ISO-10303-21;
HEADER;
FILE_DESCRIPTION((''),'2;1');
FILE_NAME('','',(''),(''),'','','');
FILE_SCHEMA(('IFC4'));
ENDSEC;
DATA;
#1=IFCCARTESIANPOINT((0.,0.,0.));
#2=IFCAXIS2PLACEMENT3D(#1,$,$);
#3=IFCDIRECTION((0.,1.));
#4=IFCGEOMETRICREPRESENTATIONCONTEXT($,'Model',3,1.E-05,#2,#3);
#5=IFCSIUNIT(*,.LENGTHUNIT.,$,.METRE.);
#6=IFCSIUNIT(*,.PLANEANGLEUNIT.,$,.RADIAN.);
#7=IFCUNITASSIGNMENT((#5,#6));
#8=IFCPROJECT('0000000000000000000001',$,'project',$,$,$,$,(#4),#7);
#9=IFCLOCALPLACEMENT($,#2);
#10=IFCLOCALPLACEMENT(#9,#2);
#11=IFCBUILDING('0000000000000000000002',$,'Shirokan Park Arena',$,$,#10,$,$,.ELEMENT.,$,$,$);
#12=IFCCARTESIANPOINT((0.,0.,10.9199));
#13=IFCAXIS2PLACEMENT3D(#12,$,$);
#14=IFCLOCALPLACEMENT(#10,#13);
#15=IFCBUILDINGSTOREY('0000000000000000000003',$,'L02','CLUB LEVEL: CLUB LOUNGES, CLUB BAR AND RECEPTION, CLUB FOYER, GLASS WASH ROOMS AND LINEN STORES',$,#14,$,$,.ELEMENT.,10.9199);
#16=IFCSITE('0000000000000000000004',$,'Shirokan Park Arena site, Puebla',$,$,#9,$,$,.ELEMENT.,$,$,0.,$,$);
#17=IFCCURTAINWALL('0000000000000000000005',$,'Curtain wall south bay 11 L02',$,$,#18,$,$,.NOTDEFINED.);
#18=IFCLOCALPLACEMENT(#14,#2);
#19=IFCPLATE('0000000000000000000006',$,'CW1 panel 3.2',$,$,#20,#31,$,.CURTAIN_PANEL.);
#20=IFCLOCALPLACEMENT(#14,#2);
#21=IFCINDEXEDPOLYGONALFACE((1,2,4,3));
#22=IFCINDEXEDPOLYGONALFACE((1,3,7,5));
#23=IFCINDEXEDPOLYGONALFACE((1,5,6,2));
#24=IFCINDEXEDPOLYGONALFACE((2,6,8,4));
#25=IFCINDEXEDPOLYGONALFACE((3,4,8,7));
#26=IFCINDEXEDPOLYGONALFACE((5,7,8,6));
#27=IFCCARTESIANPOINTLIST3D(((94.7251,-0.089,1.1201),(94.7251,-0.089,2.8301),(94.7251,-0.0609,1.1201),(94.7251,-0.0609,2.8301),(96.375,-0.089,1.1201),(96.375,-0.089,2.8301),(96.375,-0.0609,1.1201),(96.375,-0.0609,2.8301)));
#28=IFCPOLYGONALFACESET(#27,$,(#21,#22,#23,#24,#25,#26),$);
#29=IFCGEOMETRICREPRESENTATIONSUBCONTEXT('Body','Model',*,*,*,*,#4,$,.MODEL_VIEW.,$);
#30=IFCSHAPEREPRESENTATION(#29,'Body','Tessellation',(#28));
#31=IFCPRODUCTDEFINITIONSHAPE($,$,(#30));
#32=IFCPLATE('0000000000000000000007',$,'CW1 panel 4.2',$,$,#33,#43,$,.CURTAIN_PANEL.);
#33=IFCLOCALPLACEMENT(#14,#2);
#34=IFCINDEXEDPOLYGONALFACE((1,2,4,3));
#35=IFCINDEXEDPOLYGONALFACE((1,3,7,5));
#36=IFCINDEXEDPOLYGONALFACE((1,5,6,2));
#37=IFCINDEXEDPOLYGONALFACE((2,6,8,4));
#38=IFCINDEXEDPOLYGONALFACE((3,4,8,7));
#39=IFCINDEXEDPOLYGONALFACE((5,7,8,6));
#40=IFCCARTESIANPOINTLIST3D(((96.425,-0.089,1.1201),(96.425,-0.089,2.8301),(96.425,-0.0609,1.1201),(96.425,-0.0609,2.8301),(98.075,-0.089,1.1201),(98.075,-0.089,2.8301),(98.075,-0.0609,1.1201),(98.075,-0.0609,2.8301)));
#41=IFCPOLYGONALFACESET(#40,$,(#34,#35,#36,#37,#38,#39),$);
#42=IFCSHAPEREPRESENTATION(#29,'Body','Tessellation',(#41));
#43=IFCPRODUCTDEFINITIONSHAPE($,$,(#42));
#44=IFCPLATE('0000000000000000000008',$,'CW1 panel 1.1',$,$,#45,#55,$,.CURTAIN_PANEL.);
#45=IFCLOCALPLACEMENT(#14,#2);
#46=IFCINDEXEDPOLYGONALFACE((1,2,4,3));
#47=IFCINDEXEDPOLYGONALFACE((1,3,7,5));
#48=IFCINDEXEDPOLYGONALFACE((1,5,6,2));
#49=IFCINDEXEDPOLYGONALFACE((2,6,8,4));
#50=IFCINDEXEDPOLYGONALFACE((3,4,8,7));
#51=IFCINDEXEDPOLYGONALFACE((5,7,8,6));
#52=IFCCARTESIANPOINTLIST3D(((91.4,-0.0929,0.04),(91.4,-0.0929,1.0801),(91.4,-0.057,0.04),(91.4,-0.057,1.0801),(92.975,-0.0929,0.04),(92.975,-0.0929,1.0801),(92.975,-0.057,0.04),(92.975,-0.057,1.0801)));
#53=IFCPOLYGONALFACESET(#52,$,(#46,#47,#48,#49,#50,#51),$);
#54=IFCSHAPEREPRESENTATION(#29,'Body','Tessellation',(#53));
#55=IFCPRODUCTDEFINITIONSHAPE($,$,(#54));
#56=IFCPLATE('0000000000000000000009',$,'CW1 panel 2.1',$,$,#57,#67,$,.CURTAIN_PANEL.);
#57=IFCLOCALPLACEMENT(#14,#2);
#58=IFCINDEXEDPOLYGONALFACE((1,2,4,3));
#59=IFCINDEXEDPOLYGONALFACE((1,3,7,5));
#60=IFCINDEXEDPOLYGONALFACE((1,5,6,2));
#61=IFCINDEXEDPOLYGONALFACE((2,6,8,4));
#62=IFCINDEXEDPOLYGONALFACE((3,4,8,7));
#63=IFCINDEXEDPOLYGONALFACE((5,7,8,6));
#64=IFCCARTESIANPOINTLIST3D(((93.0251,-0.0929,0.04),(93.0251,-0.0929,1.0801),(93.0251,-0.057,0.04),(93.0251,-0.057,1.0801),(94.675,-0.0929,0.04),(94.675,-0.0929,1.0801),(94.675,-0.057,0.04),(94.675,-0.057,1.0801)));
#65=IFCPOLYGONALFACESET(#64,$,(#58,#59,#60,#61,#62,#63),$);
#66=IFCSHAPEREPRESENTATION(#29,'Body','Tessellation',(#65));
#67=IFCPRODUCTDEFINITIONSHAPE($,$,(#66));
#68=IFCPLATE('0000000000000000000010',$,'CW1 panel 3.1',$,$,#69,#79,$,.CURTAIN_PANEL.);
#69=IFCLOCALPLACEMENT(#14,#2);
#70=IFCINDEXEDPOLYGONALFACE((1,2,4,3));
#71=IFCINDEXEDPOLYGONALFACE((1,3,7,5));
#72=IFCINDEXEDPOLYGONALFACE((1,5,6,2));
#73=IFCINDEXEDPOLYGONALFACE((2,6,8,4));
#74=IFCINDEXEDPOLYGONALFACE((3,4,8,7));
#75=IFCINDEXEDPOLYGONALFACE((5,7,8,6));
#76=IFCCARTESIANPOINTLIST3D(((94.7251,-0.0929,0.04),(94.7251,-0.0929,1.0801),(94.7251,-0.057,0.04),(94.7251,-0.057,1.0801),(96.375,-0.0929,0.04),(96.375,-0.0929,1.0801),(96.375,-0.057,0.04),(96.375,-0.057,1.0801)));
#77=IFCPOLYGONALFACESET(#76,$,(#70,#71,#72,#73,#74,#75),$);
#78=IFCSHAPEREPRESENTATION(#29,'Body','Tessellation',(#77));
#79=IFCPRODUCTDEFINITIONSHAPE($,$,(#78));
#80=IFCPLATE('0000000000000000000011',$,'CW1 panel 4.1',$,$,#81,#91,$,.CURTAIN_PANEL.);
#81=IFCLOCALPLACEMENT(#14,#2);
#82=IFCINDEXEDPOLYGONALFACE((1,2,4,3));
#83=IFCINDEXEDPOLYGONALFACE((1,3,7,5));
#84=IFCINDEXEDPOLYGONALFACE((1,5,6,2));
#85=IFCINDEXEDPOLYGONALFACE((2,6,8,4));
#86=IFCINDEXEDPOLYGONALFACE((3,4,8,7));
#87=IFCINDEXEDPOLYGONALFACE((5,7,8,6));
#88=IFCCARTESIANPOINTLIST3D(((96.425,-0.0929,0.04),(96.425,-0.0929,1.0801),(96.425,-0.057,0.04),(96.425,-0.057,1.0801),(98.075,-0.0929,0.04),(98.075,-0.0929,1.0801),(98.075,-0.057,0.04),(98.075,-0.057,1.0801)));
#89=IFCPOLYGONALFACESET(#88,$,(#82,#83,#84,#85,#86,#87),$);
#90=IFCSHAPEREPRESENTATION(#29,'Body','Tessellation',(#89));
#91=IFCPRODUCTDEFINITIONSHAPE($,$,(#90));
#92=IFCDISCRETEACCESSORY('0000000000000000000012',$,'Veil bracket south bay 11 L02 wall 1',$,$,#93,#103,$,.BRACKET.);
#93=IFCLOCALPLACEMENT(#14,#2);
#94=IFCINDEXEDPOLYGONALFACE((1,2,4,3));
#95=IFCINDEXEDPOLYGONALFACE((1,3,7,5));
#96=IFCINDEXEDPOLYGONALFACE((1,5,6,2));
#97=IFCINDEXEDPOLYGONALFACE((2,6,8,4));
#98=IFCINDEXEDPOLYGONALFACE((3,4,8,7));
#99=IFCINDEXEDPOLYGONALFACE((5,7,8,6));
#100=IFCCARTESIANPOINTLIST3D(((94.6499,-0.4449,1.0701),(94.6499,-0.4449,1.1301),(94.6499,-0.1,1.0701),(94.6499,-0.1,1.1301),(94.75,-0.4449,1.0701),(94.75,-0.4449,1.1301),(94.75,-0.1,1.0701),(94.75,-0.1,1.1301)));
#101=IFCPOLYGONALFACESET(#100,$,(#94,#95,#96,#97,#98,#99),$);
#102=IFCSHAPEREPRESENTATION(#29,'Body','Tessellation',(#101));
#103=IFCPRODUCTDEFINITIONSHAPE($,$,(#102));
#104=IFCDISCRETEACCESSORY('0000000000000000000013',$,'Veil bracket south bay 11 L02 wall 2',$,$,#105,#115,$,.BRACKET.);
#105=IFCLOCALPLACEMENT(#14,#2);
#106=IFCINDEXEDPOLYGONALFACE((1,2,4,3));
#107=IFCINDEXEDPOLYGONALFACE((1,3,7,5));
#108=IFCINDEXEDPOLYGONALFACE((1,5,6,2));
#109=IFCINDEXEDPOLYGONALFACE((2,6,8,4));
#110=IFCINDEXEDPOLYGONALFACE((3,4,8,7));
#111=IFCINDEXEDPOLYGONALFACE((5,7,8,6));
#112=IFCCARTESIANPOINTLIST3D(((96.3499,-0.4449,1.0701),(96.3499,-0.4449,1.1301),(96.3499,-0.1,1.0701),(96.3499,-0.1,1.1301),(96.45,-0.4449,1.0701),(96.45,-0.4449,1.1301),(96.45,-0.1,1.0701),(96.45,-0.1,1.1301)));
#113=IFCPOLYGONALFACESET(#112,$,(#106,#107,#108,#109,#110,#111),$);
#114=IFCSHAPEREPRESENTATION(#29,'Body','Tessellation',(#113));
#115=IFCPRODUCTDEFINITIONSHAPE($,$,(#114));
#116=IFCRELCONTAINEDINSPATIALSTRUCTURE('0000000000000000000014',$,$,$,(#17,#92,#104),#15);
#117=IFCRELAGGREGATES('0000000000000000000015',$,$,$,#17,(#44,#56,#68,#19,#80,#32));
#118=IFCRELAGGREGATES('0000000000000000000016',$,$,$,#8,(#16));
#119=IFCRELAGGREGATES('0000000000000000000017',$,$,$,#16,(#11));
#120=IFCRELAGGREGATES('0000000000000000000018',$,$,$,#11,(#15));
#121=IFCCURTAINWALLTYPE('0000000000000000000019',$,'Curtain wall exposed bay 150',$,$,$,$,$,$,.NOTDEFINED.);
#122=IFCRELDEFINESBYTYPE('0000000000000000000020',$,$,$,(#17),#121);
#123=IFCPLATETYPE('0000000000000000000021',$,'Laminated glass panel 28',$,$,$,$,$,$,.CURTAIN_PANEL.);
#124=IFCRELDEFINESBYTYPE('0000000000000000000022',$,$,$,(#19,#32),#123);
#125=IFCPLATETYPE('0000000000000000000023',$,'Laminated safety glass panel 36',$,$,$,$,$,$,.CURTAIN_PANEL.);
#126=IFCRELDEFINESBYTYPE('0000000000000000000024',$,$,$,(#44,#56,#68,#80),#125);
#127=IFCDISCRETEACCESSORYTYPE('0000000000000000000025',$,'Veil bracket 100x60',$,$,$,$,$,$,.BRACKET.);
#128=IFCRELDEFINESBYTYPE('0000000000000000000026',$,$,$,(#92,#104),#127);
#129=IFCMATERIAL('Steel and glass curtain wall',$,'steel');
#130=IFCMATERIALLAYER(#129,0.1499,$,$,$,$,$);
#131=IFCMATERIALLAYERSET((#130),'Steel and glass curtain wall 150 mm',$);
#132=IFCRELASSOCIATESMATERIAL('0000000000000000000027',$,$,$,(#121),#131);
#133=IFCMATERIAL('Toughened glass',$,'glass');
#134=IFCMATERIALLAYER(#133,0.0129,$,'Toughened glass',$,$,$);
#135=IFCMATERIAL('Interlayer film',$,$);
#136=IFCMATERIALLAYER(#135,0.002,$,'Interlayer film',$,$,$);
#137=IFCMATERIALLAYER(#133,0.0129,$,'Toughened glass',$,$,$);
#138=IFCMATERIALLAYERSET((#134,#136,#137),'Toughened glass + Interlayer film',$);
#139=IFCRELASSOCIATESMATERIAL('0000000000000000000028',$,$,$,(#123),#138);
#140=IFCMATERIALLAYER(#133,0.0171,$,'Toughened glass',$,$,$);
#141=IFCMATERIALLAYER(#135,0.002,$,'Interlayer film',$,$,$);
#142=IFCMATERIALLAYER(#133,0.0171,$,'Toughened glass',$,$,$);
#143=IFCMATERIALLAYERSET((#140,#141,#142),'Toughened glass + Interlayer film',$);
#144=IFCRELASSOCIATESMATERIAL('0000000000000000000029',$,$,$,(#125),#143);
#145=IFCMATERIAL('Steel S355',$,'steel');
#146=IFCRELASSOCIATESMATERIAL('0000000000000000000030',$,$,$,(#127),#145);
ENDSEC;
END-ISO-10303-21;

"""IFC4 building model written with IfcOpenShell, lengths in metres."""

from ifc_helpers import new_model, si_unit, direction, frame, origin, origin_2d, place, context, subcontext, project, spatial, rectangle, extrude, material, layer, layer_set, type_object, element, aggregate, save


model = new_model("IFC4")

# Units and contexts
model_context = context("Model", 3, precision=1e-05, world=origin(), true_north=direction((0.0, 1.0)))
body_context = subcontext(model_context, "Body", "Model", "MODEL_VIEW")
ifc_project = project(units=[si_unit("LENGTHUNIT", "METRE"), si_unit("PLANEANGLEUNIT", "RADIAN")], contexts=[model_context])

# Site, building, storey
site_placement = place(None, origin())
site = spatial("IfcSite", under=ifc_project, at=site_placement, Name="Shirokan Park Arena site, Puebla", CompositionType="ELEMENT", RefElevation=0.0)
building_placement = place(site_placement, origin())
building = spatial("IfcBuilding", under=site, at=building_placement, Name="Shirokan Park Arena", CompositionType="ELEMENT")
storey_placement = place(building_placement, frame((0.0, 0.0, 10.9199)))
storey = spatial("IfcBuildingStorey", under=building, at=storey_placement, Name="L02", Description="CLUB LEVEL: CLUB LOUNGES, CLUB BAR AND RECEPTION, CLUB FOYER, GLASS WASH ROOMS AND LINEN STORES", CompositionType="ELEMENT", Elevation=10.9199)

# Curtain wall, plates
ifc_material_1 = material(Name="Steel and glass curtain wall", Category="steel")
ifc_layer_1 = layer(ifc_material_1, 0.1499)
ifc_layer_set_1 = layer_set([ifc_layer_1], Name="Steel and glass curtain wall 150 mm")
curtain_wall_type = type_object("IfcCurtainWallType", Name="Curtain wall exposed bay 150", PredefinedType="NOTDEFINED", material=ifc_layer_set_1)
curtain_wall_placement = place(storey_placement, origin())
curtain_wall = element("IfcCurtainWall", 1, at=curtain_wall_placement, inside=storey, type_object=curtain_wall_type, Name="Curtain wall south bay 11 L02", PredefinedType="NOTDEFINED")
ifc_material_2 = material(Name="Steel S355", Category="steel")
ifc_material_3 = material(Name="Toughened glass", Category="glass")
ifc_layer_2 = layer(ifc_material_3, 0.0129, Name="Toughened glass")
ifc_material_4 = material(Name="Interlayer film")
ifc_layer_3 = layer(ifc_material_4, 0.002, Name="Interlayer film")
ifc_layer_4 = layer(ifc_material_3, 0.0129, Name="Toughened glass")
ifc_layer_set_2 = layer_set([ifc_layer_2, ifc_layer_3, ifc_layer_4], Name="Toughened glass + Interlayer film")
plate_type_1 = type_object("IfcPlateType", Name="Laminated glass panel 28", PredefinedType="CURTAIN_PANEL", material=ifc_layer_set_2)
plate_1_placement = place(storey_placement, frame((95.55, -0.075, 1.1201), z_axis=(0.0, 0.0, 1.0), x_axis=(1.0, 0.0, 0.0)))
plate_1 = element("IfcPlate", 2, at=plate_1_placement, type_object=plate_type_1, Name="CW1 panel 3.2", PredefinedType="CURTAIN_PANEL", context=body_context, shape_type="SweptSolid", body=[
    extrude(rectangle(XDim=1.6499, YDim=0.0281, at=origin_2d()), origin(), (0.0, 0.0, 1.0), 1.71),
])
plate_2_placement = place(storey_placement, frame((97.25, -0.075, 1.1201), z_axis=(0.0, 0.0, 1.0), x_axis=(1.0, 0.0, 0.0)))
plate_2 = element("IfcPlate", 3, at=plate_2_placement, type_object=plate_type_1, Name="CW1 panel 4.2", PredefinedType="CURTAIN_PANEL", context=body_context, shape_type="SweptSolid", body=[
    extrude(rectangle(XDim=1.6499, YDim=0.0281, at=origin_2d()), origin(), (0.0, 0.0, 1.0), 1.71),
])
ifc_layer_5 = layer(ifc_material_3, 0.0171, Name="Toughened glass")
ifc_layer_6 = layer(ifc_material_4, 0.002, Name="Interlayer film")
ifc_layer_7 = layer(ifc_material_3, 0.0171, Name="Toughened glass")
ifc_layer_set_3 = layer_set([ifc_layer_5, ifc_layer_6, ifc_layer_7], Name="Toughened glass + Interlayer film")
plate_type_2 = type_object("IfcPlateType", Name="Laminated safety glass panel 36", PredefinedType="CURTAIN_PANEL", material=ifc_layer_set_3)
plate_3_placement = place(storey_placement, frame((92.1875, -0.075, 0.04), z_axis=(0.0, 0.0, 1.0), x_axis=(1.0, 0.0, 0.0)))
plate_3 = element("IfcPlate", 4, at=plate_3_placement, type_object=plate_type_2, Name="CW1 panel 1.1", PredefinedType="CURTAIN_PANEL", context=body_context, shape_type="SweptSolid", body=[
    extrude(rectangle(XDim=1.575, YDim=0.0359, at=origin_2d()), origin(), (0.0, 0.0, 1.0), 1.04),
])
plate_4_placement = place(storey_placement, frame((93.8501, -0.075, 0.04), z_axis=(0.0, 0.0, 1.0), x_axis=(1.0, 0.0, 0.0)))
plate_4 = element("IfcPlate", 5, at=plate_4_placement, type_object=plate_type_2, Name="CW1 panel 2.1", PredefinedType="CURTAIN_PANEL", context=body_context, shape_type="SweptSolid", body=[
    extrude(rectangle(XDim=1.6499, YDim=0.0359, at=origin_2d()), origin(), (0.0, 0.0, 1.0), 1.04),
])
plate_5_placement = place(storey_placement, frame((95.55, -0.075, 0.04), z_axis=(0.0, 0.0, 1.0), x_axis=(1.0, 0.0, 0.0)))
plate_5 = element("IfcPlate", 6, at=plate_5_placement, type_object=plate_type_2, Name="CW1 panel 3.1", PredefinedType="CURTAIN_PANEL", context=body_context, shape_type="SweptSolid", body=[
    extrude(rectangle(XDim=1.6499, YDim=0.0359, at=origin_2d()), origin(), (0.0, 0.0, 1.0), 1.04),
])
plate_6_placement = place(storey_placement, frame((97.25, -0.075, 0.04), z_axis=(0.0, 0.0, 1.0), x_axis=(1.0, 0.0, 0.0)))
plate_6 = element("IfcPlate", 7, at=plate_6_placement, type_object=plate_type_2, Name="CW1 panel 4.1", PredefinedType="CURTAIN_PANEL", context=body_context, shape_type="SweptSolid", body=[
    extrude(rectangle(XDim=1.6499, YDim=0.0359, at=origin_2d()), origin(), (0.0, 0.0, 1.0), 1.04),
])
aggregate(curtain_wall, [plate_3, plate_4, plate_5, plate_1, plate_6, plate_2])

# Discrete accessories
discrete_accessory_type = type_object("IfcDiscreteAccessoryType", Name="Veil bracket 100x60", PredefinedType="BRACKET", material=ifc_material_2)
for number, where, z_axis, x_axis, name in (
    (8, (94.7, -0.2725, 1.0701), (0.0, 0.0, 1.0), (1.0, 0.0, 0.0), "Veil bracket south bay 11 L02 wall 1"),
    (9, (96.3999, -0.2725, 1.0701), (0.0, 0.0, 1.0), (1.0, 0.0, 0.0), "Veil bracket south bay 11 L02 wall 2"),
):
    element("IfcDiscreteAccessory", number, at=place(storey_placement, frame(where, z_axis=z_axis, x_axis=x_axis)), inside=storey, type_object=discrete_accessory_type, Name=name, PredefinedType="BRACKET", context=body_context, shape_type="SweptSolid", body=[
        extrude(rectangle(XDim=0.1001, YDim=0.345, at=origin_2d()), origin(), (0.0, 0.0, 1.0), 0.0601),
    ])

save(model, "model.ifc")
